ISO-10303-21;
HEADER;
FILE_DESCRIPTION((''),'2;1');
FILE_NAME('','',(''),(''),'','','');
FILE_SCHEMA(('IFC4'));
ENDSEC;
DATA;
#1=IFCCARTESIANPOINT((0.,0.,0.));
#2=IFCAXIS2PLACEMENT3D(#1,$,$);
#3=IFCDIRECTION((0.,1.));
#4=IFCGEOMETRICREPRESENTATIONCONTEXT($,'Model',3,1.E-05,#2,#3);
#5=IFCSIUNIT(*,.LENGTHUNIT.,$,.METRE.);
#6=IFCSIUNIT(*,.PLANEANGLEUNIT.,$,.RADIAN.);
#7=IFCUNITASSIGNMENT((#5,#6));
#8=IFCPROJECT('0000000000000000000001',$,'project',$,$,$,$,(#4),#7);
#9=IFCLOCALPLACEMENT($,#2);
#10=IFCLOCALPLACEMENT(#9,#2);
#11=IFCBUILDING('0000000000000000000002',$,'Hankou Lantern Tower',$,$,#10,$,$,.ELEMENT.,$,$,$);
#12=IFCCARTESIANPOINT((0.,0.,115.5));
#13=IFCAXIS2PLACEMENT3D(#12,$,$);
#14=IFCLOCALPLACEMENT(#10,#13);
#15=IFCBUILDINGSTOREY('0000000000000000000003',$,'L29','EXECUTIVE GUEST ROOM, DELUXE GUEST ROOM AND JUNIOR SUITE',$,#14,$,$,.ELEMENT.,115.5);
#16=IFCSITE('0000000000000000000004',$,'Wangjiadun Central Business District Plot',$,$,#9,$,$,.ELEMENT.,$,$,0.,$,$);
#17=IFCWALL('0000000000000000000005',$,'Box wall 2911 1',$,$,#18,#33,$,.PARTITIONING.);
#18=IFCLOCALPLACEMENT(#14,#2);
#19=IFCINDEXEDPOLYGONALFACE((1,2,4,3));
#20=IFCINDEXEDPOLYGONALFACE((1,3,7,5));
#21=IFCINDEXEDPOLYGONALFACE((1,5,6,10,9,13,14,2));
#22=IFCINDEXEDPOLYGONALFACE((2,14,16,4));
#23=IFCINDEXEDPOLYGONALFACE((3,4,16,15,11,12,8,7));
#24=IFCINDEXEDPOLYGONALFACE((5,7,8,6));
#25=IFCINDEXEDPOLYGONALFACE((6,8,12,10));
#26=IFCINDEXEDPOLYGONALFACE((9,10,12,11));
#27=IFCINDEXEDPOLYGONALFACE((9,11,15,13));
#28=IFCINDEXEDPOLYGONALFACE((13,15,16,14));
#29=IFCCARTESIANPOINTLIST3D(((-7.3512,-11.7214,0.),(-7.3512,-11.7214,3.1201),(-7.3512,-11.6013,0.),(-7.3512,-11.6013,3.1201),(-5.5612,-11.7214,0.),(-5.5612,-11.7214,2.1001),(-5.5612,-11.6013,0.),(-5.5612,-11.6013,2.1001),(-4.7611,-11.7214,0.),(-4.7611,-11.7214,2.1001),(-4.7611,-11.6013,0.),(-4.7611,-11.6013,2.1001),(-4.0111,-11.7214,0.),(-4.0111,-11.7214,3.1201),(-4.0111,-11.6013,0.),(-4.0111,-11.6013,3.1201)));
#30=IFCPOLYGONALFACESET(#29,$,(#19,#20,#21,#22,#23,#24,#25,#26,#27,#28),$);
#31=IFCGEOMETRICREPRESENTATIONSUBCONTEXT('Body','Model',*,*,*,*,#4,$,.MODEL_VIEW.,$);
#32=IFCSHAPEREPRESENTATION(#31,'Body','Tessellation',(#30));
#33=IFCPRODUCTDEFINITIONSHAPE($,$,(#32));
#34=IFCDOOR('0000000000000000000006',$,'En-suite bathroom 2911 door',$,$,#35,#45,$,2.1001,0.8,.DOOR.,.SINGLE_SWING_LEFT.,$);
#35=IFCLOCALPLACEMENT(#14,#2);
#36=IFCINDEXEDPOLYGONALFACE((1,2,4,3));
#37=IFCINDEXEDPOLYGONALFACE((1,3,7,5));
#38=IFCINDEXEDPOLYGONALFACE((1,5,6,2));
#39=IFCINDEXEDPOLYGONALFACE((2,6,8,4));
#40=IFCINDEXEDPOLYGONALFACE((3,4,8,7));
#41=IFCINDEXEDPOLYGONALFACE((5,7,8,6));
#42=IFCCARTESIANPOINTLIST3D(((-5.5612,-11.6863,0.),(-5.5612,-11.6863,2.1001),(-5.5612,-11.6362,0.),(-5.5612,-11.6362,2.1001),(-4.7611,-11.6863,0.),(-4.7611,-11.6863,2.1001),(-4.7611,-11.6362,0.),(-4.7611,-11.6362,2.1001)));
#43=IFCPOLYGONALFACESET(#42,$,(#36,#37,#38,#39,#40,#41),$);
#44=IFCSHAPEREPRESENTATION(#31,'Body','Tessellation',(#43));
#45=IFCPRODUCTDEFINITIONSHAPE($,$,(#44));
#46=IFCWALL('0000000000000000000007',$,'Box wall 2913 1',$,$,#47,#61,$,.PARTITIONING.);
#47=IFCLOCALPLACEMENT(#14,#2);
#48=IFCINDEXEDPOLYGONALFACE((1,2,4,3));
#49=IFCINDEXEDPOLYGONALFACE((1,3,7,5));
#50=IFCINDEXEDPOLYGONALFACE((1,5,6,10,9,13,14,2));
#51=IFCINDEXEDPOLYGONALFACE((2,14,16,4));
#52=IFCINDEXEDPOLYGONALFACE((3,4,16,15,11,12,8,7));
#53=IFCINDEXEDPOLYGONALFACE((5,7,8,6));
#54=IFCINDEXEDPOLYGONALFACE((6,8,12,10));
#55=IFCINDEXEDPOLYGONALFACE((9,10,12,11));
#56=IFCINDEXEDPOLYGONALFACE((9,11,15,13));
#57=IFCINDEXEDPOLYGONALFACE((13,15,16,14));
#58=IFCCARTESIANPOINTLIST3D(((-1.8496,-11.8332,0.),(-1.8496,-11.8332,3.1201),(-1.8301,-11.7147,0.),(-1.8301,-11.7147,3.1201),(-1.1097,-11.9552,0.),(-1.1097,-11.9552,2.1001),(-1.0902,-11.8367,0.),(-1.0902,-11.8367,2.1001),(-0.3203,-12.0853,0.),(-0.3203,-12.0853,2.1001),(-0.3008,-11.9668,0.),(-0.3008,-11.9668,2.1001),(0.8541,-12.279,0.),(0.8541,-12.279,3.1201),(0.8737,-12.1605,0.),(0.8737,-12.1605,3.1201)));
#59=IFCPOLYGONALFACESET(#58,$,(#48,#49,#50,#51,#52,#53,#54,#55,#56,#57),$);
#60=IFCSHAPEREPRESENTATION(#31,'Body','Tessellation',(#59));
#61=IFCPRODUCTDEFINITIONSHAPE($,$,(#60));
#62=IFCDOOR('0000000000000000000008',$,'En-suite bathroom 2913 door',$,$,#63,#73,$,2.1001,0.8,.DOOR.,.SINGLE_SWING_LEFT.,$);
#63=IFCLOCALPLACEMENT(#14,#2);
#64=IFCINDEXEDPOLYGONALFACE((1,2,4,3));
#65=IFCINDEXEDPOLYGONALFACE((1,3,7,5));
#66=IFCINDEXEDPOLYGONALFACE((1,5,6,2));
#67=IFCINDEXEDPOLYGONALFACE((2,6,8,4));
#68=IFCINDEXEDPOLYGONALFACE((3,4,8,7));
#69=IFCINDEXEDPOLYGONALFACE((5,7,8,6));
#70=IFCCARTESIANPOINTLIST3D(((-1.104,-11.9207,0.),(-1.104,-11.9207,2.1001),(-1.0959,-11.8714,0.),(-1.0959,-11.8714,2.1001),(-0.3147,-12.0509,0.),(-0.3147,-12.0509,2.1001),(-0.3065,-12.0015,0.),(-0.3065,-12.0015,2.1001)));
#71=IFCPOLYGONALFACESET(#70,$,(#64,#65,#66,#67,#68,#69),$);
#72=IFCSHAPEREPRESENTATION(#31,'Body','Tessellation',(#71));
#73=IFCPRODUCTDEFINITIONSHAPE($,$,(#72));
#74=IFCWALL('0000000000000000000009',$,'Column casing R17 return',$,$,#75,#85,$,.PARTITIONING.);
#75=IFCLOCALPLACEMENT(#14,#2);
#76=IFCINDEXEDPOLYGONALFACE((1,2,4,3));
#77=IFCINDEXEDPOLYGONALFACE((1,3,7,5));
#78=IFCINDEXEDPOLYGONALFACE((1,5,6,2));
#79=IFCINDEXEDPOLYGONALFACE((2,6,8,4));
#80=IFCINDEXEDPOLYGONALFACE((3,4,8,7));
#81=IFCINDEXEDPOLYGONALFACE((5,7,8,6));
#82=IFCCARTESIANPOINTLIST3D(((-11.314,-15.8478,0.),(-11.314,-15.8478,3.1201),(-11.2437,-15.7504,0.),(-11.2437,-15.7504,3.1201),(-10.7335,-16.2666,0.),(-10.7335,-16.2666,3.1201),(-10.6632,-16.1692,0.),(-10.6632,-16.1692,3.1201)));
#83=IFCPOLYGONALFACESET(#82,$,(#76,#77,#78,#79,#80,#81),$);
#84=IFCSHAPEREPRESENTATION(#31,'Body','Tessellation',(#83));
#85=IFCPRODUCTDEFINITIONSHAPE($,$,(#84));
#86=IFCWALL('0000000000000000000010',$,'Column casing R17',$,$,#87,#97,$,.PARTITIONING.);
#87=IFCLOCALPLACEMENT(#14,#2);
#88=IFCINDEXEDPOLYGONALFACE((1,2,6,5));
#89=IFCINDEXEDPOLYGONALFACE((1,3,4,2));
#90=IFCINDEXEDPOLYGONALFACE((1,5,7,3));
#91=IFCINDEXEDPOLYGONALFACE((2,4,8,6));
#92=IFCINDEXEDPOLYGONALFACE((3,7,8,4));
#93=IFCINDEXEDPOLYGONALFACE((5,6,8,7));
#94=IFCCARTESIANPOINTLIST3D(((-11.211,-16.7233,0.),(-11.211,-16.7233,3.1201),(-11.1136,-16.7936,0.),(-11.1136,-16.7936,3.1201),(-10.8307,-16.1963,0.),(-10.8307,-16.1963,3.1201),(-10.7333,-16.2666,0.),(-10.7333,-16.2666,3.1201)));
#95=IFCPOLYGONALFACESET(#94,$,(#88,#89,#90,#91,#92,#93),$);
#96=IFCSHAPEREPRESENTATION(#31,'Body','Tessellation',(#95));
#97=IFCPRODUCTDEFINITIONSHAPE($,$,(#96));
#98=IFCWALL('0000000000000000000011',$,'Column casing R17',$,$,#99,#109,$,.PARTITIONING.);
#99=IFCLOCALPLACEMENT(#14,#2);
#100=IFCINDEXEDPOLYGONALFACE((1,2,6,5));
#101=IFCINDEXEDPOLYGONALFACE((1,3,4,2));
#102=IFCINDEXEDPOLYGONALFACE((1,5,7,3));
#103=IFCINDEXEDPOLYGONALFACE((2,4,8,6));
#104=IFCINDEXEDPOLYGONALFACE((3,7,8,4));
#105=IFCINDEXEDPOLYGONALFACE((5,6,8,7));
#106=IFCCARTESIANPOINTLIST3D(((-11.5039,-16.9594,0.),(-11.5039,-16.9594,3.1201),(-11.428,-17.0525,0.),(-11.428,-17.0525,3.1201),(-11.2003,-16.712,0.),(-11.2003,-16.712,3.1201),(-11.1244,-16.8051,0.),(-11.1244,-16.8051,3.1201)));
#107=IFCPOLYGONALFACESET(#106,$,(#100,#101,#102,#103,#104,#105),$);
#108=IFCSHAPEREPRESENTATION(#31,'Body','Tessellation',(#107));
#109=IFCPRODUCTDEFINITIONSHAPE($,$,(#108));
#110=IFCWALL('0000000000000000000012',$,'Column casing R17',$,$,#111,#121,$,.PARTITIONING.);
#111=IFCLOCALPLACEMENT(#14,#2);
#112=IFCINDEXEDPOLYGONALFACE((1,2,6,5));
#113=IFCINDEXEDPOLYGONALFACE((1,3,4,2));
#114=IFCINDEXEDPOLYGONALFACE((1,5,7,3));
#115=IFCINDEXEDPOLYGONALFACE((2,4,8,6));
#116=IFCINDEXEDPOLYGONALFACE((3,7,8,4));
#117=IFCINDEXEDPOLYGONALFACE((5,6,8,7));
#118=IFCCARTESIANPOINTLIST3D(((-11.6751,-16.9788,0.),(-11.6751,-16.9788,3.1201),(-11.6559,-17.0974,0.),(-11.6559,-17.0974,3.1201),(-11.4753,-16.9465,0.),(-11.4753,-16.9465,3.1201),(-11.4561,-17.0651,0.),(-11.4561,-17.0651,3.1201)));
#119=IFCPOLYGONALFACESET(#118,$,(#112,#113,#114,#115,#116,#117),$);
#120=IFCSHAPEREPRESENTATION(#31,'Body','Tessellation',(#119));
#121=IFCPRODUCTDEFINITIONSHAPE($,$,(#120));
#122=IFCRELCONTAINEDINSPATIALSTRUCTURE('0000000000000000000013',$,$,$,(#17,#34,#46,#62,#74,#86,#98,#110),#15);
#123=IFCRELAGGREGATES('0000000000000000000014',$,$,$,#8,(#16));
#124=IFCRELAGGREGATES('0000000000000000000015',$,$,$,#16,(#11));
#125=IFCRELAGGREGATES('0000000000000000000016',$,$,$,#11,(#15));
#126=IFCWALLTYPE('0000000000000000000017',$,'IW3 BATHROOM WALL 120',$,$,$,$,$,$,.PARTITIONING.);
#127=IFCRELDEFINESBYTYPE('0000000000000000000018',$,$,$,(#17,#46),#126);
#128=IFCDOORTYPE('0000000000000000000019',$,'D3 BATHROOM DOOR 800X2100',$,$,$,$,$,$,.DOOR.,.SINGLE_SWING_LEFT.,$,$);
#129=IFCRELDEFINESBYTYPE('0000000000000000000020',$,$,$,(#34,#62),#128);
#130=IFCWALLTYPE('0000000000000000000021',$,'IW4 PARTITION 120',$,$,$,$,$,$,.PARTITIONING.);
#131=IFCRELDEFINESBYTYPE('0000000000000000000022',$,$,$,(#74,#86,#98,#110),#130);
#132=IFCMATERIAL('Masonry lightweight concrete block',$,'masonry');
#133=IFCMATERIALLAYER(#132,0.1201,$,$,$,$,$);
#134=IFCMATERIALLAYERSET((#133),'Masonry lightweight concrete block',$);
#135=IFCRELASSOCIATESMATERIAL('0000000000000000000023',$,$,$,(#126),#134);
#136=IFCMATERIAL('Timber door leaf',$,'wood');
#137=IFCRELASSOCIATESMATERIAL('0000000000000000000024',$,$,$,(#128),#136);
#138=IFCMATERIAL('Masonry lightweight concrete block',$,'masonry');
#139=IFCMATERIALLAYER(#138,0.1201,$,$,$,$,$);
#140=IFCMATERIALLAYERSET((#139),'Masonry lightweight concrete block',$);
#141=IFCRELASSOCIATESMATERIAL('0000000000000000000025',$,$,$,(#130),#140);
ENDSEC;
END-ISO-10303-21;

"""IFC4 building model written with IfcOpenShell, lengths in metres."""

from ifc_helpers import new_model, si_unit, direction, frame, frame_2d, origin, place, context, subcontext, project, spatial, rectangle, extrude, material, layer, layer_set, type_object, element, fill, save


model = new_model("IFC4")

# Units and contexts
model_context = context("Model", 3, precision=1e-05, world=origin(), true_north=direction((0.0, 1.0)))
body_context = subcontext(model_context, "Body", "Model", "MODEL_VIEW")
ifc_project = project(units=[si_unit("LENGTHUNIT", "METRE"), si_unit("PLANEANGLEUNIT", "RADIAN")], contexts=[model_context])

# Site, building, storey
site_placement = place(None, origin())
site = spatial("IfcSite", under=ifc_project, at=site_placement, Name="Wangjiadun Central Business District Plot", CompositionType="ELEMENT", RefElevation=0.0)
building_placement = place(site_placement, origin())
building = spatial("IfcBuilding", under=site, at=building_placement, Name="Hankou Lantern Tower", CompositionType="ELEMENT")
storey_placement = place(building_placement, frame((0.0, 0.0, 115.5)))
storey = spatial("IfcBuildingStorey", under=building, at=storey_placement, Name="L29", Description="EXECUTIVE GUEST ROOM, DELUXE GUEST ROOM AND JUNIOR SUITE", CompositionType="ELEMENT", Elevation=115.5)

# Walls, openings, doors
ifc_material_1 = material(Name="Masonry lightweight concrete block", Category="masonry")
ifc_layer_1 = layer(ifc_material_1, 0.1201)
ifc_layer_set_1 = layer_set([ifc_layer_1], Name="Masonry lightweight concrete block")
wall_type_1 = type_object("IfcWallType", Name="IW3 BATHROOM WALL 120", PredefinedType="PARTITIONING", material=ifc_layer_set_1)
wall_1_placement = place(storey_placement, frame((-4.0112, -11.6614, 0.0), z_axis=(0.0, 0.0, 1.0), x_axis=(-1.0, 0.0, 0.0)))
wall_1 = element("IfcWall", 1, at=wall_1_placement, inside=storey, type_object=wall_type_1, Name="Box wall 2911 1", PredefinedType="PARTITIONING", context=body_context, shape_type="SweptSolid", body=[
    extrude(rectangle(XDim=3.3401, YDim=0.1201, at=frame_2d((1.6699, 0.0))), origin(), (0.0, 0.0, 1.0), 3.1201),
])
opening_1_placement = place(wall_1_placement, frame((0.75, 0.0, 0.0)))
opening_1 = element("IfcOpeningElement", 2, at=opening_1_placement, cuts=wall_1, PredefinedType="OPENING", context=body_context, shape_type="SweptSolid", body=[
    extrude(rectangle(XDim=0.8, YDim=2.1001, at=frame_2d((0.3999, 1.05))), frame((0.0, 0.0701, 0.0), z_axis=(0.0, -1.0, 0.0), x_axis=(1.0, 0.0, 0.0)), (0.0, 0.0, 1.0), 0.1401),
])
ifc_material_2 = material(Name="Timber door leaf", Category="wood")
door_type = type_object("IfcDoorType", Name="D3 BATHROOM DOOR 800X2100", OperationType="SINGLE_SWING_LEFT", PredefinedType="DOOR", material=ifc_material_2)
door_1_placement = place(opening_1_placement, origin())
door_1 = element("IfcDoor", 3, at=door_1_placement, inside=storey, type_object=door_type, Name="En-suite bathroom 2911 door", OperationType="SINGLE_SWING_LEFT", OverallHeight=2.1001, OverallWidth=0.8, PredefinedType="DOOR", context=body_context, shape_type="SweptSolid", body=[
    extrude(rectangle(XDim=0.8, YDim=2.1001, at=frame_2d((0.3999, 1.05))), frame((0.0, 0.0249, 0.0), z_axis=(0.0, -1.0, 0.0), x_axis=(1.0, 0.0, 0.0)), (0.0, 0.0, 1.0), 0.05),
])
fill(opening_1, door_1)
wall_2_placement = place(storey_placement, frame((-1.8398, -11.7739, 0.0), z_axis=(0.0, 0.0, 1.0), x_axis=(0.986677, -0.162694, 0.0)))
wall_2 = element("IfcWall", 4, at=wall_2_placement, inside=storey, type_object=wall_type_1, Name="Box wall 2913 1", PredefinedType="PARTITIONING", context=body_context, shape_type="SweptSolid", body=[
    extrude(rectangle(XDim=2.7402, YDim=0.1201, at=frame_2d((1.3701, 0.0))), origin(), (0.0, 0.0, 1.0), 3.1201),
])
opening_2_placement = place(wall_2_placement, frame((0.75, 0.0, 0.0)))
opening_2 = element("IfcOpeningElement", 5, at=opening_2_placement, cuts=wall_2, PredefinedType="OPENING", context=body_context, shape_type="SweptSolid", body=[
    extrude(rectangle(XDim=0.8, YDim=2.1001, at=frame_2d((0.3999, 1.05))), frame((0.0, 0.0701, 0.0), z_axis=(0.0, -1.0, 0.0), x_axis=(1.0, 0.0, 0.0)), (0.0, 0.0, 1.0), 0.1401),
])
door_2_placement = place(opening_2_placement, origin())
door_2 = element("IfcDoor", 6, at=door_2_placement, inside=storey, type_object=door_type, Name="En-suite bathroom 2913 door", OperationType="SINGLE_SWING_LEFT", OverallHeight=2.1001, OverallWidth=0.8, PredefinedType="DOOR", context=body_context, shape_type="SweptSolid", body=[
    extrude(rectangle(XDim=0.8, YDim=2.1001, at=frame_2d((0.3999, 1.05))), frame((0.0, 0.0249, 0.0), z_axis=(0.0, -1.0, 0.0), x_axis=(1.0, 0.0, 0.0)), (0.0, 0.0, 1.0), 0.05),
])
fill(opening_2, door_2)

# Walls
ifc_material_3 = material(Name="Masonry lightweight concrete block", Category="masonry")
ifc_layer_2 = layer(ifc_material_3, 0.1201)
ifc_layer_set_2 = layer_set([ifc_layer_2], Name="Masonry lightweight concrete block")
wall_type_2 = type_object("IfcWallType", Name="IW4 PARTITION 120", PredefinedType="PARTITIONING", material=ifc_layer_set_2)
wall_3_placement = place(storey_placement, frame((-11.2788, -15.7991, 0.0), z_axis=(0.0, 0.0, 1.0), x_axis=(0.810913, -0.585167, 0.0)))
element("IfcWall", 7, at=wall_3_placement, inside=storey, type_object=wall_type_2, Name="Column casing R17 return", PredefinedType="PARTITIONING", context=body_context, shape_type="SweptSolid", body=[
    extrude(rectangle(XDim=0.7158, YDim=0.1201, at=frame_2d((0.3579, 0.0))), origin(), (0.0, 0.0, 1.0), 3.1201),
])
wall_4_placement = place(storey_placement, frame((-10.782, -16.2314, 0.0), z_axis=(0.0, 0.0, 1.0), x_axis=(-0.585175, -0.810907, 0.0)))
element("IfcWall", 8, at=wall_4_placement, inside=storey, type_object=wall_type_2, Name="Column casing R17", PredefinedType="PARTITIONING", context=body_context, shape_type="SweptSolid", body=[
    extrude(rectangle(XDim=0.6499, YDim=0.1201, at=frame_2d((0.325, 0.0))), origin(), (0.0, 0.0, 1.0), 3.1201),
])
wall_5_placement = place(storey_placement, frame((-11.1624, -16.7585, 0.0), z_axis=(0.0, 0.0, 1.0), x_axis=(-0.775178, -0.631742, 0.0)))
element("IfcWall", 9, at=wall_5_placement, inside=storey, type_object=wall_type_2, Name="Column casing R17", PredefinedType="PARTITIONING", context=body_context, shape_type="SweptSolid", body=[
    extrude(rectangle(XDim=0.3916, YDim=0.1201, at=frame_2d((0.1958, 0.0))), origin(), (0.0, 0.0, 1.0), 3.1201),
])
wall_6_placement = place(storey_placement, frame((-11.4658, -17.0059, 0.0), z_axis=(0.0, 0.0, 1.0), x_axis=(-0.987229, -0.159308, 0.0)))
element("IfcWall", 10, at=wall_6_placement, inside=storey, type_object=wall_type_2, Name="Column casing R17", PredefinedType="PARTITIONING", context=body_context, shape_type="SweptSolid", body=[
    extrude(rectangle(XDim=0.2024, YDim=0.1201, at=frame_2d((0.1011, 0.0))), origin(), (0.0, 0.0, 1.0), 3.1201),
])

save(model, "model.ifc")
